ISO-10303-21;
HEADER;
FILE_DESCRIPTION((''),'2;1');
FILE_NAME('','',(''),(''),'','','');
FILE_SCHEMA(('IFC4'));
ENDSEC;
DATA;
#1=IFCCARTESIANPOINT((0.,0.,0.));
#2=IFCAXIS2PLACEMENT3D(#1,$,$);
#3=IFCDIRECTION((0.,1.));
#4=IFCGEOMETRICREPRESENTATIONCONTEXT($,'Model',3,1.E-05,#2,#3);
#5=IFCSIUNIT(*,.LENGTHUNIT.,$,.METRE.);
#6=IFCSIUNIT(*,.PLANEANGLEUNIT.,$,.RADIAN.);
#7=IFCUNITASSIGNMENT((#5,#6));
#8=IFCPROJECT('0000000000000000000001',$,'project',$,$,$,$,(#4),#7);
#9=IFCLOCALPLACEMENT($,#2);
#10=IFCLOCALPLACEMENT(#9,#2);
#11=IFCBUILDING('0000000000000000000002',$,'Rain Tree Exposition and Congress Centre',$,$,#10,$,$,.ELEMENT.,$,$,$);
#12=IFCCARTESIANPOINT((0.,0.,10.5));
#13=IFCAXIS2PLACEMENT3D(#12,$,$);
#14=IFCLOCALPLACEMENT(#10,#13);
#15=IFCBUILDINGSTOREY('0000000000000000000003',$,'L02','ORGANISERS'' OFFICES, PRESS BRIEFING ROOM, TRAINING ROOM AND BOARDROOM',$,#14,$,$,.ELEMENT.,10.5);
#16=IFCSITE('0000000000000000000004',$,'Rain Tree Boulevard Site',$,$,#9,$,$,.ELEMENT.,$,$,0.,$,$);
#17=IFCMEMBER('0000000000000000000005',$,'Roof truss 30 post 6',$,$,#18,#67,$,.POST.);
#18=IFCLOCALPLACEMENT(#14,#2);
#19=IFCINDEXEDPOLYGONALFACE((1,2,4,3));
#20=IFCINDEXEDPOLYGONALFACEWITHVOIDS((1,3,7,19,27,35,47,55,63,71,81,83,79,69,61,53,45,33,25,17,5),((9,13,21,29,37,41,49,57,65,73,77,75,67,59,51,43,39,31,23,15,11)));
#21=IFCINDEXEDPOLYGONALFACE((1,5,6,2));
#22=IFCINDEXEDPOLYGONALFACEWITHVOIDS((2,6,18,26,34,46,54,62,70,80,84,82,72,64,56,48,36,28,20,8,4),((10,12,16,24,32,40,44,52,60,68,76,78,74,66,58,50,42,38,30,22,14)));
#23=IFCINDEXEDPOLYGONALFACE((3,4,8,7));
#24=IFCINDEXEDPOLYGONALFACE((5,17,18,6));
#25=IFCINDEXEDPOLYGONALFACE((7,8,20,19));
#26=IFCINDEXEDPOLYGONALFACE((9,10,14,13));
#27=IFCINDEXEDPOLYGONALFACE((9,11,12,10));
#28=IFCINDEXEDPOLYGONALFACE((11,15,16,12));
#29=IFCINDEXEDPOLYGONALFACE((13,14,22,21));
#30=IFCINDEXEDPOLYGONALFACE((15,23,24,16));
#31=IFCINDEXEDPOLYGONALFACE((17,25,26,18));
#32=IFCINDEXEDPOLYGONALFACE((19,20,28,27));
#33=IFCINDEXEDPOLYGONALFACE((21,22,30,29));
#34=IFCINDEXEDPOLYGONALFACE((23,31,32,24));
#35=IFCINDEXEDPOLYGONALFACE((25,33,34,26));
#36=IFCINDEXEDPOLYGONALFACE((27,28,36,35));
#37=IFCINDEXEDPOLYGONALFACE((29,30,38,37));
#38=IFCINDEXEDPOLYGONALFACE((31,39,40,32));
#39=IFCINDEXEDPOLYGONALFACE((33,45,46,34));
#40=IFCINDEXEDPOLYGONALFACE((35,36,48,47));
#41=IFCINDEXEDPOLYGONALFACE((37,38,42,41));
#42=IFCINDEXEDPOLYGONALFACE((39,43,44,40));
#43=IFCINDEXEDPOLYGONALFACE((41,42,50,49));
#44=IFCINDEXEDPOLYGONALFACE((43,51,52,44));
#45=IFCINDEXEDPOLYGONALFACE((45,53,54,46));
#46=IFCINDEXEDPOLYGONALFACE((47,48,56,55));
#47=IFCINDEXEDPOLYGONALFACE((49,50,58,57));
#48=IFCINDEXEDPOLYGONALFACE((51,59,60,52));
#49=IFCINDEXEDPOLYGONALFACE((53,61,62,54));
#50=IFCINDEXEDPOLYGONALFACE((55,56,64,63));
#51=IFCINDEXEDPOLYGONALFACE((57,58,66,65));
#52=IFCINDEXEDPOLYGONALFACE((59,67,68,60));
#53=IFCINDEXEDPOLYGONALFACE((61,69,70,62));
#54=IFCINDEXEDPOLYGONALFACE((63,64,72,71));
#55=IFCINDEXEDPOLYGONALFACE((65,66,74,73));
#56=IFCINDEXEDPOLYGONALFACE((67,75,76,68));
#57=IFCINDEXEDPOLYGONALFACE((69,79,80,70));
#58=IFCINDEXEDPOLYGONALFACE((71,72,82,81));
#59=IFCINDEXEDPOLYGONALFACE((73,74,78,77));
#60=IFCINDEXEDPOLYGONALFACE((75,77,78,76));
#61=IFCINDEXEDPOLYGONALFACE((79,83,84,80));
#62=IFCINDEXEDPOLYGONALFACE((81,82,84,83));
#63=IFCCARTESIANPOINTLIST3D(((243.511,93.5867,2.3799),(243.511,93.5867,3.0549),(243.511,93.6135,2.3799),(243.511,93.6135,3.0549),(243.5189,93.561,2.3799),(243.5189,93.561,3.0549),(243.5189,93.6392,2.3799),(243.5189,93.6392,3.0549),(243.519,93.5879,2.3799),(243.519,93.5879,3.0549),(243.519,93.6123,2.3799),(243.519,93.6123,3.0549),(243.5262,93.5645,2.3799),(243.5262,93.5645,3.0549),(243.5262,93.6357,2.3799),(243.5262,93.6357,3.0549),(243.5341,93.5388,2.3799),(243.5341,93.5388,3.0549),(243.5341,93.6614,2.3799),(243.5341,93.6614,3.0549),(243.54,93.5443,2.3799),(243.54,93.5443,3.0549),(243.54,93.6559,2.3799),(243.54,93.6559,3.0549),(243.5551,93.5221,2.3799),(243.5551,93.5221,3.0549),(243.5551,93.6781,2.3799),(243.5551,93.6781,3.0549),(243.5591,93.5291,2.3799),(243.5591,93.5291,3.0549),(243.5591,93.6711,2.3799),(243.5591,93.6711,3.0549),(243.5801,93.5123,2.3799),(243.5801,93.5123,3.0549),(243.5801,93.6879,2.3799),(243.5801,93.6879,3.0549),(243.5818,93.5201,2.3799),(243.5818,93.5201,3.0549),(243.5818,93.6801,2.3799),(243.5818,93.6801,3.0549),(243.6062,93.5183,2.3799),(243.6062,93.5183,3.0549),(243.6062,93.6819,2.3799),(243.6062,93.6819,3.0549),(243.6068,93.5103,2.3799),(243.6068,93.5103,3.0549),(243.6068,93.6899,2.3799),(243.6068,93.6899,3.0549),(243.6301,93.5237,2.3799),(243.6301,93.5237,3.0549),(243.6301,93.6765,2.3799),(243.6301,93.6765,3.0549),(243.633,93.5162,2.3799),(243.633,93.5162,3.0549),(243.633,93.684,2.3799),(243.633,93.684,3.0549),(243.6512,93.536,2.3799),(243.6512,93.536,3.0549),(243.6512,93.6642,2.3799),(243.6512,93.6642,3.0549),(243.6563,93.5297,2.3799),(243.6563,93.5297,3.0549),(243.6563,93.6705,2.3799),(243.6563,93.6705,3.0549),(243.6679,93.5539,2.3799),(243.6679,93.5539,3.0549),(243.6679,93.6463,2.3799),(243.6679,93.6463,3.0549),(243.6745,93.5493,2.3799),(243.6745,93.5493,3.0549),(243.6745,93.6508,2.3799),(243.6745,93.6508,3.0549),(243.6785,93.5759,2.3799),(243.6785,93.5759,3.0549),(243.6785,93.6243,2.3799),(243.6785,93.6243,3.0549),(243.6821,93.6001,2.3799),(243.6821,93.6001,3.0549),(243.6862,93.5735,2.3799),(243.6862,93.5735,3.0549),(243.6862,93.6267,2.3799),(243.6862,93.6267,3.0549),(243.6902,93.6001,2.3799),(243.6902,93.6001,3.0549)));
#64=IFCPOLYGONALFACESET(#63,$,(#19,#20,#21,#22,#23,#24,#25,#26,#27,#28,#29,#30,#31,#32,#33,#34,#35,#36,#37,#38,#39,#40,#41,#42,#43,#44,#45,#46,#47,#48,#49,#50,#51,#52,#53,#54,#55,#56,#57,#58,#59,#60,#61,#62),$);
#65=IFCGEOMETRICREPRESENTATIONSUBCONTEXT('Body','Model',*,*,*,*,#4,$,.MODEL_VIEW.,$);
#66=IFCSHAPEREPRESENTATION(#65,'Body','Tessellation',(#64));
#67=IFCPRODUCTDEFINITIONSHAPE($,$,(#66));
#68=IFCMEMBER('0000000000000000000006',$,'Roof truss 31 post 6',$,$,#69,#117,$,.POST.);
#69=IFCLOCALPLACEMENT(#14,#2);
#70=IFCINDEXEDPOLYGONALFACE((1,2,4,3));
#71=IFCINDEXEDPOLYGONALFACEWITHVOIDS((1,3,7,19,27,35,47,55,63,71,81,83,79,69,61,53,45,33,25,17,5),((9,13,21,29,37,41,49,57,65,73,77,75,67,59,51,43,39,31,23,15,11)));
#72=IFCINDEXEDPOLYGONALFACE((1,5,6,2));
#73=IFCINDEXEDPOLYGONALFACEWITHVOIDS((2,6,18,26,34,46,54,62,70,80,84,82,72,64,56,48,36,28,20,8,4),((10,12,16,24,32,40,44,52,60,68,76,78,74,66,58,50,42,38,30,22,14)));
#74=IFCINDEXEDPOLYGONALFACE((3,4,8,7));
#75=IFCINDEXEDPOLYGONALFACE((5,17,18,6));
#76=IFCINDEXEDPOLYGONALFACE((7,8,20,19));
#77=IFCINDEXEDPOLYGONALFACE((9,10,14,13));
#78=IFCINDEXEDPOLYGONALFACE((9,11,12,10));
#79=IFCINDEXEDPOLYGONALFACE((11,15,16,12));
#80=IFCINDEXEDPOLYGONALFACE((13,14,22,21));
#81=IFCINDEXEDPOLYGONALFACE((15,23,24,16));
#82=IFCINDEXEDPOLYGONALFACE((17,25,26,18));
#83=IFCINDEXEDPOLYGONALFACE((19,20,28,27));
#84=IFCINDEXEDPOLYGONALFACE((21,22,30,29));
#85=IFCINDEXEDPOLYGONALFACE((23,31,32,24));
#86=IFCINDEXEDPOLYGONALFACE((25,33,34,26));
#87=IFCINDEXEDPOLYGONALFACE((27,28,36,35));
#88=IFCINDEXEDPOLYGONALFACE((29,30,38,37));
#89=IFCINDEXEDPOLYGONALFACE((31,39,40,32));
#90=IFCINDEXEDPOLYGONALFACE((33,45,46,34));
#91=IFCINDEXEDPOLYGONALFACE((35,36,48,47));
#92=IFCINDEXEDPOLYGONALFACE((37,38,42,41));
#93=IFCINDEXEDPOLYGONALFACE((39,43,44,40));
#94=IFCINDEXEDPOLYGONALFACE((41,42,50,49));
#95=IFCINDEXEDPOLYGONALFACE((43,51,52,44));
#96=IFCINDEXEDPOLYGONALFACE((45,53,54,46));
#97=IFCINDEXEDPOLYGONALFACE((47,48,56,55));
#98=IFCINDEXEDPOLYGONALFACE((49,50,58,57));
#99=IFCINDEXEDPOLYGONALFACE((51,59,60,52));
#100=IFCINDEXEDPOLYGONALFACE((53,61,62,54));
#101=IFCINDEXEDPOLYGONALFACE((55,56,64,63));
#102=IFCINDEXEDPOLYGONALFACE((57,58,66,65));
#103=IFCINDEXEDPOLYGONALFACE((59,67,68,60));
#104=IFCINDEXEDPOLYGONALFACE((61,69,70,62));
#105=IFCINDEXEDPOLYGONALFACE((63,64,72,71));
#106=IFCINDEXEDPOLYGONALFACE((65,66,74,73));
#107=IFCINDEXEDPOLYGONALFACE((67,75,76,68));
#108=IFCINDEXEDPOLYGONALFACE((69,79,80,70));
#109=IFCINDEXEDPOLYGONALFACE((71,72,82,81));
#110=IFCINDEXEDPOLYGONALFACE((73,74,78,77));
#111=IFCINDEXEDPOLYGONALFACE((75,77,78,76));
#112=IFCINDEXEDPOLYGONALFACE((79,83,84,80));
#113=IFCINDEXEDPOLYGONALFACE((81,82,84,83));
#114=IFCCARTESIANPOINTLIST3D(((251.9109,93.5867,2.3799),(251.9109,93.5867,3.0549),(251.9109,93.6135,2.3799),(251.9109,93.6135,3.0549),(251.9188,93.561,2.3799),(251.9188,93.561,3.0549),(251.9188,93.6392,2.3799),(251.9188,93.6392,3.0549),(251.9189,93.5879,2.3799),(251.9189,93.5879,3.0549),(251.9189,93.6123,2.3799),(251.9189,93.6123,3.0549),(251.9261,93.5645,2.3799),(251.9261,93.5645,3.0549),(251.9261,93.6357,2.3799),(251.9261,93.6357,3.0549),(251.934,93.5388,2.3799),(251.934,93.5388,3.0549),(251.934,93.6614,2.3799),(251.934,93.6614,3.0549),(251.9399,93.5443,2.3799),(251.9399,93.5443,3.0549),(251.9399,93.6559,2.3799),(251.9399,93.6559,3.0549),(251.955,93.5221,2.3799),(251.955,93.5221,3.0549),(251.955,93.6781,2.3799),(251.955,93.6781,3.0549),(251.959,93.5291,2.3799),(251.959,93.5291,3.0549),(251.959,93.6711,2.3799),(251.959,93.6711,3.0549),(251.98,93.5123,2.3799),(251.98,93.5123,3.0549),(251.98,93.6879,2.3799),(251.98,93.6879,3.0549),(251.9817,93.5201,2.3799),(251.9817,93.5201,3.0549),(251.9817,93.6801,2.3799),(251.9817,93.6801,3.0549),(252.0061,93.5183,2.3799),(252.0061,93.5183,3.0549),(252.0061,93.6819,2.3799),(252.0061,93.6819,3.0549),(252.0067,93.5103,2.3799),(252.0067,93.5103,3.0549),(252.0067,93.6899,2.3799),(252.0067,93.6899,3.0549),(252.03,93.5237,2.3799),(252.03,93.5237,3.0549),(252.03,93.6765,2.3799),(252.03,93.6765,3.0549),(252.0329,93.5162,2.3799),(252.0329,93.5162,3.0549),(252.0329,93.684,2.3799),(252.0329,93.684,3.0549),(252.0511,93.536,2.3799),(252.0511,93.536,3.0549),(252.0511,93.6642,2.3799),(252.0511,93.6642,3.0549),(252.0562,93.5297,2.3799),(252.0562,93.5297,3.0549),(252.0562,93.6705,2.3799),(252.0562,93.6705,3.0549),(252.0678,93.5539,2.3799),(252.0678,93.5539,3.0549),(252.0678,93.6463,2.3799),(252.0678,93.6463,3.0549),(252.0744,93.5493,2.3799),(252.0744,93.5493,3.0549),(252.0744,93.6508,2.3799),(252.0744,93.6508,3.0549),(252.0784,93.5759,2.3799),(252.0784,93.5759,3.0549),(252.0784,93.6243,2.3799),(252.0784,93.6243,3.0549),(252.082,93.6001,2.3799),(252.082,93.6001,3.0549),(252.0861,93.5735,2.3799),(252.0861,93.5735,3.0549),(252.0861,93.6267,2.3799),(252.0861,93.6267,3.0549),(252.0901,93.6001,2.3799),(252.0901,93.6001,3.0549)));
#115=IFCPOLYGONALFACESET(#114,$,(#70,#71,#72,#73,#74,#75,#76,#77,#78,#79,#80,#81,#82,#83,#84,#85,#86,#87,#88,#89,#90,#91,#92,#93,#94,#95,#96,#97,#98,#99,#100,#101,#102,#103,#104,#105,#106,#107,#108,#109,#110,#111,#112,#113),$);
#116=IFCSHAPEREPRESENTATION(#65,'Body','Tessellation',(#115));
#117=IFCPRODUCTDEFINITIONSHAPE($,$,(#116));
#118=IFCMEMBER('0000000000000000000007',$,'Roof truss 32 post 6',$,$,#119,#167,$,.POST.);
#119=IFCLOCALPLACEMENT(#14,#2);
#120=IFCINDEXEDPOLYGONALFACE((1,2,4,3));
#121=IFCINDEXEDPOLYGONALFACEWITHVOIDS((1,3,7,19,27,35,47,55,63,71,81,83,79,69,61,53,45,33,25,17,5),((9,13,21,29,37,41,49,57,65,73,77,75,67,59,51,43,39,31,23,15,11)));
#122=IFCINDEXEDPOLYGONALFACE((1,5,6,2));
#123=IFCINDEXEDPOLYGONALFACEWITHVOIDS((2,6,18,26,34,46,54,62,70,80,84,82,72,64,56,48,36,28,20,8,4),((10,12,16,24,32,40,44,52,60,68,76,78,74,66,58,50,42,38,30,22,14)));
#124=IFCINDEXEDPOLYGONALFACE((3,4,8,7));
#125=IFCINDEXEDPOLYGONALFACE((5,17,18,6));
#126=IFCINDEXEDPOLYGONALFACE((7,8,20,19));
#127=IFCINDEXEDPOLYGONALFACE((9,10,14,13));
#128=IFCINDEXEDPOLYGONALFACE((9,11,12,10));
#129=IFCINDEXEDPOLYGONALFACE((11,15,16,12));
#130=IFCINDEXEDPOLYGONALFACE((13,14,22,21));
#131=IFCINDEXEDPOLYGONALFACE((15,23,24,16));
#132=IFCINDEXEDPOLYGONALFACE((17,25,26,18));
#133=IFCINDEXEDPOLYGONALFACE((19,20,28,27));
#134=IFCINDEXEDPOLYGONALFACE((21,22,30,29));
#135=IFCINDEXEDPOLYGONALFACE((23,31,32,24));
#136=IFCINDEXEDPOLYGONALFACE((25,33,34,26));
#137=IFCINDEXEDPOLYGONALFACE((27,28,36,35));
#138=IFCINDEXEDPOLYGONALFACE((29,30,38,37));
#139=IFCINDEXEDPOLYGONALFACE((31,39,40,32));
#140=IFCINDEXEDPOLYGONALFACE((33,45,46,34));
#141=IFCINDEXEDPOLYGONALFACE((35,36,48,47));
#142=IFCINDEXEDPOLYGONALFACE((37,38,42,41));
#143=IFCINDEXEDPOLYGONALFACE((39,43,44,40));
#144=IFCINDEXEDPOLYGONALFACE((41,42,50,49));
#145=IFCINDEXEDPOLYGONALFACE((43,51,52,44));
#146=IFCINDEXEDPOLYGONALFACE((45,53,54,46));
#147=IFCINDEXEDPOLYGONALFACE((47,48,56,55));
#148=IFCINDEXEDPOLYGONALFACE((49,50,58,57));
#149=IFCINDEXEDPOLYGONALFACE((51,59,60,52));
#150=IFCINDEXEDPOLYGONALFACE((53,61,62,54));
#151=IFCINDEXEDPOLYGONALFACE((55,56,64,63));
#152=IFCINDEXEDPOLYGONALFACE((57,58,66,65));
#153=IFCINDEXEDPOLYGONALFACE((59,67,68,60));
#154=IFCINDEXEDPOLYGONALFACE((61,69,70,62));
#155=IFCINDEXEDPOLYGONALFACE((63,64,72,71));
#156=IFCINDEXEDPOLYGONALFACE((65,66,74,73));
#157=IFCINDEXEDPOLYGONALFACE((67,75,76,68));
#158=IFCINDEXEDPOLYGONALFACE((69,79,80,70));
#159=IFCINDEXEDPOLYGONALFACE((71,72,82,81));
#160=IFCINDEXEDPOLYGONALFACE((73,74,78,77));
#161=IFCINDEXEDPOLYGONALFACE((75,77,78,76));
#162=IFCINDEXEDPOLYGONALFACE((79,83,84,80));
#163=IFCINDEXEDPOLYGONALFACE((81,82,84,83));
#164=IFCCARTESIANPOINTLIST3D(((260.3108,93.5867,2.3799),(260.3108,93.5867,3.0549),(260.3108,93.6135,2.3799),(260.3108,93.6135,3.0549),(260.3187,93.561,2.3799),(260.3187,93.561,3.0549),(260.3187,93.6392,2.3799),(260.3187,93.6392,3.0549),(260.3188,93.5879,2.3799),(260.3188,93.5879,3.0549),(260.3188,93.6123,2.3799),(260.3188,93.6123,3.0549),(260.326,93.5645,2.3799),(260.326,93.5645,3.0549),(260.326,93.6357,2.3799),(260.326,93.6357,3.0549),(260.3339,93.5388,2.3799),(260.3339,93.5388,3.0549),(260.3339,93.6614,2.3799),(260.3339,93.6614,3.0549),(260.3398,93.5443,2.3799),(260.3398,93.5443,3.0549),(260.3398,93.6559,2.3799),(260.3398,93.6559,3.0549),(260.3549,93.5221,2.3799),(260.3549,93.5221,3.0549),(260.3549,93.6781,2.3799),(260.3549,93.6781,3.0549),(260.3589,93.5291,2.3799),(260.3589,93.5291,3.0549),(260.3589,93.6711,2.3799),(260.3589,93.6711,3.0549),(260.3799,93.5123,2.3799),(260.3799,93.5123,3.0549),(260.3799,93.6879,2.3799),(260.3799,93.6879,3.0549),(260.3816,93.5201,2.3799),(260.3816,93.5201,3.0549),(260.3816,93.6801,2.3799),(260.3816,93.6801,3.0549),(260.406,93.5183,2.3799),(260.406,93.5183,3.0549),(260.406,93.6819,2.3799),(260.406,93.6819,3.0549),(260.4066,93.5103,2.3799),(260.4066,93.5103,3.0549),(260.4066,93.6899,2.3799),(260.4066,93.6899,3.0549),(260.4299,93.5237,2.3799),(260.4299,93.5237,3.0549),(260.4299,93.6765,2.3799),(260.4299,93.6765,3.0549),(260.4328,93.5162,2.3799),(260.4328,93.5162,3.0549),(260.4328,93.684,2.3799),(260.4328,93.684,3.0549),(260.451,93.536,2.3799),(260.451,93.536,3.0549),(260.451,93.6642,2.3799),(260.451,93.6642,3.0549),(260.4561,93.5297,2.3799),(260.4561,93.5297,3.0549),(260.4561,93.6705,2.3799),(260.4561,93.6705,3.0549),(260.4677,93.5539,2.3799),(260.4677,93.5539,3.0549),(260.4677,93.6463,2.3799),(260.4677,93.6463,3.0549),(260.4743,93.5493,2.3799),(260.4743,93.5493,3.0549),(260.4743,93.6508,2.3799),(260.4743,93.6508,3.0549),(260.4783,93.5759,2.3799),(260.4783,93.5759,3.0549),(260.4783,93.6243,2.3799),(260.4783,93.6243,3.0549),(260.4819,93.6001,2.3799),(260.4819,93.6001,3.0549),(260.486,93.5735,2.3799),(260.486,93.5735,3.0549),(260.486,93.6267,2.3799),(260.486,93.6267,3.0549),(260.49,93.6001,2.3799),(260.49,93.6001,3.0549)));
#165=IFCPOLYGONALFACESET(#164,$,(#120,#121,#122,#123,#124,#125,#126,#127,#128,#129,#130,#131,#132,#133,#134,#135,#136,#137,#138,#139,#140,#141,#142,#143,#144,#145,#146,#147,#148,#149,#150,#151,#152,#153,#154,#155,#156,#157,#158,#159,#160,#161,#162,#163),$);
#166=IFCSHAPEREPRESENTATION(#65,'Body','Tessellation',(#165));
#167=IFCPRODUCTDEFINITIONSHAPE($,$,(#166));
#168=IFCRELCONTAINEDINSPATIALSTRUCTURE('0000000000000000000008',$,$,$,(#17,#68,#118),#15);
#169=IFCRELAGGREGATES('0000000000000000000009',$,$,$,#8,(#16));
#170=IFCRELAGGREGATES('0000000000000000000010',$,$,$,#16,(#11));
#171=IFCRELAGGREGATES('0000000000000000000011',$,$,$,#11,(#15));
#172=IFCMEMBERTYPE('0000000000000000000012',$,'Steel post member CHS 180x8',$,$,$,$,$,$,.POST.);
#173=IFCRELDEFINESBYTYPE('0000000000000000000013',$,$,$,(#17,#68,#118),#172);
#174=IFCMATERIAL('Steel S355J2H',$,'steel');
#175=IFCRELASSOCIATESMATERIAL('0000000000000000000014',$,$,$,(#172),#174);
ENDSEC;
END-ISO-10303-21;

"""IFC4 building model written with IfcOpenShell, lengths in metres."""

from ifc_helpers import new_model, si_unit, direction, frame, origin, origin_2d, place, context, subcontext, project, spatial, hollow_circle, extrude, material, material_profile, profile_set, type_object, element, save


model = new_model("IFC4")

# Units and contexts
model_context = context("Model", 3, precision=1e-05, world=origin(), true_north=direction((0.0, 1.0)))
body_context = subcontext(model_context, "Body", "Model", "MODEL_VIEW")
ifc_project = project(units=[si_unit("LENGTHUNIT", "METRE"), si_unit("PLANEANGLEUNIT", "RADIAN")], contexts=[model_context])

# Site, building, storey
site_placement = place(None, origin())
site = spatial("IfcSite", under=ifc_project, at=site_placement, Name="Rain Tree Boulevard Site", CompositionType="ELEMENT", RefElevation=0.0)
building_placement = place(site_placement, origin())
building = spatial("IfcBuilding", under=site, at=building_placement, Name="Rain Tree Exposition and Congress Centre", CompositionType="ELEMENT")
storey_placement = place(building_placement, frame((0.0, 0.0, 10.5)))
storey = spatial("IfcBuildingStorey", under=building, at=storey_placement, Name="L02", Description="ORGANISERS' OFFICES, PRESS BRIEFING ROOM, TRAINING ROOM AND BOARDROOM", CompositionType="ELEMENT", Elevation=10.5)

# Members
ifc_material_1 = material(Name="Steel S355J2H", Category="steel")
ifc_material_profile_1 = material_profile(ifc_material_1, hollow_circle(Radius=0.0901, WallThickness=0.0081, at=origin_2d()), Name="CHS 180x8")
ifc_profile_set_1 = profile_set([ifc_material_profile_1], Name="Steel S355J2H")
member_type_1 = type_object("IfcMemberType", Name="Steel post member CHS 180x8", PredefinedType="POST", material=ifc_profile_set_1)
for number, where, z_axis, x_axis, name in (
    (1, (243.6001, 93.6001, 2.3799), (0.0, 0.0, 1.0), (1.0, 0.0, 0.0), "Roof truss 30 post 6"),
    (2, (252.0, 93.6001, 2.3799), (0.0, 0.0, 1.0), (1.0, 0.0, 0.0), "Roof truss 31 post 6"),
    (3, (260.3999, 93.6001, 2.3799), (0.0, 0.0, 1.0), (1.0, 0.0, 0.0), "Roof truss 32 post 6"),
):
    element("IfcMember", number, at=place(storey_placement, frame(where, z_axis=z_axis, x_axis=x_axis)), inside=storey, type_object=member_type_1, Name=name, PredefinedType="POST", context=body_context, shape_type="SweptSolid", body=[
        extrude(hollow_circle(Radius=0.0901, WallThickness=0.0081, at=origin_2d()), origin(), (0.0, 0.0, 1.0), 0.675),
    ])

save(model, "model.ifc")
